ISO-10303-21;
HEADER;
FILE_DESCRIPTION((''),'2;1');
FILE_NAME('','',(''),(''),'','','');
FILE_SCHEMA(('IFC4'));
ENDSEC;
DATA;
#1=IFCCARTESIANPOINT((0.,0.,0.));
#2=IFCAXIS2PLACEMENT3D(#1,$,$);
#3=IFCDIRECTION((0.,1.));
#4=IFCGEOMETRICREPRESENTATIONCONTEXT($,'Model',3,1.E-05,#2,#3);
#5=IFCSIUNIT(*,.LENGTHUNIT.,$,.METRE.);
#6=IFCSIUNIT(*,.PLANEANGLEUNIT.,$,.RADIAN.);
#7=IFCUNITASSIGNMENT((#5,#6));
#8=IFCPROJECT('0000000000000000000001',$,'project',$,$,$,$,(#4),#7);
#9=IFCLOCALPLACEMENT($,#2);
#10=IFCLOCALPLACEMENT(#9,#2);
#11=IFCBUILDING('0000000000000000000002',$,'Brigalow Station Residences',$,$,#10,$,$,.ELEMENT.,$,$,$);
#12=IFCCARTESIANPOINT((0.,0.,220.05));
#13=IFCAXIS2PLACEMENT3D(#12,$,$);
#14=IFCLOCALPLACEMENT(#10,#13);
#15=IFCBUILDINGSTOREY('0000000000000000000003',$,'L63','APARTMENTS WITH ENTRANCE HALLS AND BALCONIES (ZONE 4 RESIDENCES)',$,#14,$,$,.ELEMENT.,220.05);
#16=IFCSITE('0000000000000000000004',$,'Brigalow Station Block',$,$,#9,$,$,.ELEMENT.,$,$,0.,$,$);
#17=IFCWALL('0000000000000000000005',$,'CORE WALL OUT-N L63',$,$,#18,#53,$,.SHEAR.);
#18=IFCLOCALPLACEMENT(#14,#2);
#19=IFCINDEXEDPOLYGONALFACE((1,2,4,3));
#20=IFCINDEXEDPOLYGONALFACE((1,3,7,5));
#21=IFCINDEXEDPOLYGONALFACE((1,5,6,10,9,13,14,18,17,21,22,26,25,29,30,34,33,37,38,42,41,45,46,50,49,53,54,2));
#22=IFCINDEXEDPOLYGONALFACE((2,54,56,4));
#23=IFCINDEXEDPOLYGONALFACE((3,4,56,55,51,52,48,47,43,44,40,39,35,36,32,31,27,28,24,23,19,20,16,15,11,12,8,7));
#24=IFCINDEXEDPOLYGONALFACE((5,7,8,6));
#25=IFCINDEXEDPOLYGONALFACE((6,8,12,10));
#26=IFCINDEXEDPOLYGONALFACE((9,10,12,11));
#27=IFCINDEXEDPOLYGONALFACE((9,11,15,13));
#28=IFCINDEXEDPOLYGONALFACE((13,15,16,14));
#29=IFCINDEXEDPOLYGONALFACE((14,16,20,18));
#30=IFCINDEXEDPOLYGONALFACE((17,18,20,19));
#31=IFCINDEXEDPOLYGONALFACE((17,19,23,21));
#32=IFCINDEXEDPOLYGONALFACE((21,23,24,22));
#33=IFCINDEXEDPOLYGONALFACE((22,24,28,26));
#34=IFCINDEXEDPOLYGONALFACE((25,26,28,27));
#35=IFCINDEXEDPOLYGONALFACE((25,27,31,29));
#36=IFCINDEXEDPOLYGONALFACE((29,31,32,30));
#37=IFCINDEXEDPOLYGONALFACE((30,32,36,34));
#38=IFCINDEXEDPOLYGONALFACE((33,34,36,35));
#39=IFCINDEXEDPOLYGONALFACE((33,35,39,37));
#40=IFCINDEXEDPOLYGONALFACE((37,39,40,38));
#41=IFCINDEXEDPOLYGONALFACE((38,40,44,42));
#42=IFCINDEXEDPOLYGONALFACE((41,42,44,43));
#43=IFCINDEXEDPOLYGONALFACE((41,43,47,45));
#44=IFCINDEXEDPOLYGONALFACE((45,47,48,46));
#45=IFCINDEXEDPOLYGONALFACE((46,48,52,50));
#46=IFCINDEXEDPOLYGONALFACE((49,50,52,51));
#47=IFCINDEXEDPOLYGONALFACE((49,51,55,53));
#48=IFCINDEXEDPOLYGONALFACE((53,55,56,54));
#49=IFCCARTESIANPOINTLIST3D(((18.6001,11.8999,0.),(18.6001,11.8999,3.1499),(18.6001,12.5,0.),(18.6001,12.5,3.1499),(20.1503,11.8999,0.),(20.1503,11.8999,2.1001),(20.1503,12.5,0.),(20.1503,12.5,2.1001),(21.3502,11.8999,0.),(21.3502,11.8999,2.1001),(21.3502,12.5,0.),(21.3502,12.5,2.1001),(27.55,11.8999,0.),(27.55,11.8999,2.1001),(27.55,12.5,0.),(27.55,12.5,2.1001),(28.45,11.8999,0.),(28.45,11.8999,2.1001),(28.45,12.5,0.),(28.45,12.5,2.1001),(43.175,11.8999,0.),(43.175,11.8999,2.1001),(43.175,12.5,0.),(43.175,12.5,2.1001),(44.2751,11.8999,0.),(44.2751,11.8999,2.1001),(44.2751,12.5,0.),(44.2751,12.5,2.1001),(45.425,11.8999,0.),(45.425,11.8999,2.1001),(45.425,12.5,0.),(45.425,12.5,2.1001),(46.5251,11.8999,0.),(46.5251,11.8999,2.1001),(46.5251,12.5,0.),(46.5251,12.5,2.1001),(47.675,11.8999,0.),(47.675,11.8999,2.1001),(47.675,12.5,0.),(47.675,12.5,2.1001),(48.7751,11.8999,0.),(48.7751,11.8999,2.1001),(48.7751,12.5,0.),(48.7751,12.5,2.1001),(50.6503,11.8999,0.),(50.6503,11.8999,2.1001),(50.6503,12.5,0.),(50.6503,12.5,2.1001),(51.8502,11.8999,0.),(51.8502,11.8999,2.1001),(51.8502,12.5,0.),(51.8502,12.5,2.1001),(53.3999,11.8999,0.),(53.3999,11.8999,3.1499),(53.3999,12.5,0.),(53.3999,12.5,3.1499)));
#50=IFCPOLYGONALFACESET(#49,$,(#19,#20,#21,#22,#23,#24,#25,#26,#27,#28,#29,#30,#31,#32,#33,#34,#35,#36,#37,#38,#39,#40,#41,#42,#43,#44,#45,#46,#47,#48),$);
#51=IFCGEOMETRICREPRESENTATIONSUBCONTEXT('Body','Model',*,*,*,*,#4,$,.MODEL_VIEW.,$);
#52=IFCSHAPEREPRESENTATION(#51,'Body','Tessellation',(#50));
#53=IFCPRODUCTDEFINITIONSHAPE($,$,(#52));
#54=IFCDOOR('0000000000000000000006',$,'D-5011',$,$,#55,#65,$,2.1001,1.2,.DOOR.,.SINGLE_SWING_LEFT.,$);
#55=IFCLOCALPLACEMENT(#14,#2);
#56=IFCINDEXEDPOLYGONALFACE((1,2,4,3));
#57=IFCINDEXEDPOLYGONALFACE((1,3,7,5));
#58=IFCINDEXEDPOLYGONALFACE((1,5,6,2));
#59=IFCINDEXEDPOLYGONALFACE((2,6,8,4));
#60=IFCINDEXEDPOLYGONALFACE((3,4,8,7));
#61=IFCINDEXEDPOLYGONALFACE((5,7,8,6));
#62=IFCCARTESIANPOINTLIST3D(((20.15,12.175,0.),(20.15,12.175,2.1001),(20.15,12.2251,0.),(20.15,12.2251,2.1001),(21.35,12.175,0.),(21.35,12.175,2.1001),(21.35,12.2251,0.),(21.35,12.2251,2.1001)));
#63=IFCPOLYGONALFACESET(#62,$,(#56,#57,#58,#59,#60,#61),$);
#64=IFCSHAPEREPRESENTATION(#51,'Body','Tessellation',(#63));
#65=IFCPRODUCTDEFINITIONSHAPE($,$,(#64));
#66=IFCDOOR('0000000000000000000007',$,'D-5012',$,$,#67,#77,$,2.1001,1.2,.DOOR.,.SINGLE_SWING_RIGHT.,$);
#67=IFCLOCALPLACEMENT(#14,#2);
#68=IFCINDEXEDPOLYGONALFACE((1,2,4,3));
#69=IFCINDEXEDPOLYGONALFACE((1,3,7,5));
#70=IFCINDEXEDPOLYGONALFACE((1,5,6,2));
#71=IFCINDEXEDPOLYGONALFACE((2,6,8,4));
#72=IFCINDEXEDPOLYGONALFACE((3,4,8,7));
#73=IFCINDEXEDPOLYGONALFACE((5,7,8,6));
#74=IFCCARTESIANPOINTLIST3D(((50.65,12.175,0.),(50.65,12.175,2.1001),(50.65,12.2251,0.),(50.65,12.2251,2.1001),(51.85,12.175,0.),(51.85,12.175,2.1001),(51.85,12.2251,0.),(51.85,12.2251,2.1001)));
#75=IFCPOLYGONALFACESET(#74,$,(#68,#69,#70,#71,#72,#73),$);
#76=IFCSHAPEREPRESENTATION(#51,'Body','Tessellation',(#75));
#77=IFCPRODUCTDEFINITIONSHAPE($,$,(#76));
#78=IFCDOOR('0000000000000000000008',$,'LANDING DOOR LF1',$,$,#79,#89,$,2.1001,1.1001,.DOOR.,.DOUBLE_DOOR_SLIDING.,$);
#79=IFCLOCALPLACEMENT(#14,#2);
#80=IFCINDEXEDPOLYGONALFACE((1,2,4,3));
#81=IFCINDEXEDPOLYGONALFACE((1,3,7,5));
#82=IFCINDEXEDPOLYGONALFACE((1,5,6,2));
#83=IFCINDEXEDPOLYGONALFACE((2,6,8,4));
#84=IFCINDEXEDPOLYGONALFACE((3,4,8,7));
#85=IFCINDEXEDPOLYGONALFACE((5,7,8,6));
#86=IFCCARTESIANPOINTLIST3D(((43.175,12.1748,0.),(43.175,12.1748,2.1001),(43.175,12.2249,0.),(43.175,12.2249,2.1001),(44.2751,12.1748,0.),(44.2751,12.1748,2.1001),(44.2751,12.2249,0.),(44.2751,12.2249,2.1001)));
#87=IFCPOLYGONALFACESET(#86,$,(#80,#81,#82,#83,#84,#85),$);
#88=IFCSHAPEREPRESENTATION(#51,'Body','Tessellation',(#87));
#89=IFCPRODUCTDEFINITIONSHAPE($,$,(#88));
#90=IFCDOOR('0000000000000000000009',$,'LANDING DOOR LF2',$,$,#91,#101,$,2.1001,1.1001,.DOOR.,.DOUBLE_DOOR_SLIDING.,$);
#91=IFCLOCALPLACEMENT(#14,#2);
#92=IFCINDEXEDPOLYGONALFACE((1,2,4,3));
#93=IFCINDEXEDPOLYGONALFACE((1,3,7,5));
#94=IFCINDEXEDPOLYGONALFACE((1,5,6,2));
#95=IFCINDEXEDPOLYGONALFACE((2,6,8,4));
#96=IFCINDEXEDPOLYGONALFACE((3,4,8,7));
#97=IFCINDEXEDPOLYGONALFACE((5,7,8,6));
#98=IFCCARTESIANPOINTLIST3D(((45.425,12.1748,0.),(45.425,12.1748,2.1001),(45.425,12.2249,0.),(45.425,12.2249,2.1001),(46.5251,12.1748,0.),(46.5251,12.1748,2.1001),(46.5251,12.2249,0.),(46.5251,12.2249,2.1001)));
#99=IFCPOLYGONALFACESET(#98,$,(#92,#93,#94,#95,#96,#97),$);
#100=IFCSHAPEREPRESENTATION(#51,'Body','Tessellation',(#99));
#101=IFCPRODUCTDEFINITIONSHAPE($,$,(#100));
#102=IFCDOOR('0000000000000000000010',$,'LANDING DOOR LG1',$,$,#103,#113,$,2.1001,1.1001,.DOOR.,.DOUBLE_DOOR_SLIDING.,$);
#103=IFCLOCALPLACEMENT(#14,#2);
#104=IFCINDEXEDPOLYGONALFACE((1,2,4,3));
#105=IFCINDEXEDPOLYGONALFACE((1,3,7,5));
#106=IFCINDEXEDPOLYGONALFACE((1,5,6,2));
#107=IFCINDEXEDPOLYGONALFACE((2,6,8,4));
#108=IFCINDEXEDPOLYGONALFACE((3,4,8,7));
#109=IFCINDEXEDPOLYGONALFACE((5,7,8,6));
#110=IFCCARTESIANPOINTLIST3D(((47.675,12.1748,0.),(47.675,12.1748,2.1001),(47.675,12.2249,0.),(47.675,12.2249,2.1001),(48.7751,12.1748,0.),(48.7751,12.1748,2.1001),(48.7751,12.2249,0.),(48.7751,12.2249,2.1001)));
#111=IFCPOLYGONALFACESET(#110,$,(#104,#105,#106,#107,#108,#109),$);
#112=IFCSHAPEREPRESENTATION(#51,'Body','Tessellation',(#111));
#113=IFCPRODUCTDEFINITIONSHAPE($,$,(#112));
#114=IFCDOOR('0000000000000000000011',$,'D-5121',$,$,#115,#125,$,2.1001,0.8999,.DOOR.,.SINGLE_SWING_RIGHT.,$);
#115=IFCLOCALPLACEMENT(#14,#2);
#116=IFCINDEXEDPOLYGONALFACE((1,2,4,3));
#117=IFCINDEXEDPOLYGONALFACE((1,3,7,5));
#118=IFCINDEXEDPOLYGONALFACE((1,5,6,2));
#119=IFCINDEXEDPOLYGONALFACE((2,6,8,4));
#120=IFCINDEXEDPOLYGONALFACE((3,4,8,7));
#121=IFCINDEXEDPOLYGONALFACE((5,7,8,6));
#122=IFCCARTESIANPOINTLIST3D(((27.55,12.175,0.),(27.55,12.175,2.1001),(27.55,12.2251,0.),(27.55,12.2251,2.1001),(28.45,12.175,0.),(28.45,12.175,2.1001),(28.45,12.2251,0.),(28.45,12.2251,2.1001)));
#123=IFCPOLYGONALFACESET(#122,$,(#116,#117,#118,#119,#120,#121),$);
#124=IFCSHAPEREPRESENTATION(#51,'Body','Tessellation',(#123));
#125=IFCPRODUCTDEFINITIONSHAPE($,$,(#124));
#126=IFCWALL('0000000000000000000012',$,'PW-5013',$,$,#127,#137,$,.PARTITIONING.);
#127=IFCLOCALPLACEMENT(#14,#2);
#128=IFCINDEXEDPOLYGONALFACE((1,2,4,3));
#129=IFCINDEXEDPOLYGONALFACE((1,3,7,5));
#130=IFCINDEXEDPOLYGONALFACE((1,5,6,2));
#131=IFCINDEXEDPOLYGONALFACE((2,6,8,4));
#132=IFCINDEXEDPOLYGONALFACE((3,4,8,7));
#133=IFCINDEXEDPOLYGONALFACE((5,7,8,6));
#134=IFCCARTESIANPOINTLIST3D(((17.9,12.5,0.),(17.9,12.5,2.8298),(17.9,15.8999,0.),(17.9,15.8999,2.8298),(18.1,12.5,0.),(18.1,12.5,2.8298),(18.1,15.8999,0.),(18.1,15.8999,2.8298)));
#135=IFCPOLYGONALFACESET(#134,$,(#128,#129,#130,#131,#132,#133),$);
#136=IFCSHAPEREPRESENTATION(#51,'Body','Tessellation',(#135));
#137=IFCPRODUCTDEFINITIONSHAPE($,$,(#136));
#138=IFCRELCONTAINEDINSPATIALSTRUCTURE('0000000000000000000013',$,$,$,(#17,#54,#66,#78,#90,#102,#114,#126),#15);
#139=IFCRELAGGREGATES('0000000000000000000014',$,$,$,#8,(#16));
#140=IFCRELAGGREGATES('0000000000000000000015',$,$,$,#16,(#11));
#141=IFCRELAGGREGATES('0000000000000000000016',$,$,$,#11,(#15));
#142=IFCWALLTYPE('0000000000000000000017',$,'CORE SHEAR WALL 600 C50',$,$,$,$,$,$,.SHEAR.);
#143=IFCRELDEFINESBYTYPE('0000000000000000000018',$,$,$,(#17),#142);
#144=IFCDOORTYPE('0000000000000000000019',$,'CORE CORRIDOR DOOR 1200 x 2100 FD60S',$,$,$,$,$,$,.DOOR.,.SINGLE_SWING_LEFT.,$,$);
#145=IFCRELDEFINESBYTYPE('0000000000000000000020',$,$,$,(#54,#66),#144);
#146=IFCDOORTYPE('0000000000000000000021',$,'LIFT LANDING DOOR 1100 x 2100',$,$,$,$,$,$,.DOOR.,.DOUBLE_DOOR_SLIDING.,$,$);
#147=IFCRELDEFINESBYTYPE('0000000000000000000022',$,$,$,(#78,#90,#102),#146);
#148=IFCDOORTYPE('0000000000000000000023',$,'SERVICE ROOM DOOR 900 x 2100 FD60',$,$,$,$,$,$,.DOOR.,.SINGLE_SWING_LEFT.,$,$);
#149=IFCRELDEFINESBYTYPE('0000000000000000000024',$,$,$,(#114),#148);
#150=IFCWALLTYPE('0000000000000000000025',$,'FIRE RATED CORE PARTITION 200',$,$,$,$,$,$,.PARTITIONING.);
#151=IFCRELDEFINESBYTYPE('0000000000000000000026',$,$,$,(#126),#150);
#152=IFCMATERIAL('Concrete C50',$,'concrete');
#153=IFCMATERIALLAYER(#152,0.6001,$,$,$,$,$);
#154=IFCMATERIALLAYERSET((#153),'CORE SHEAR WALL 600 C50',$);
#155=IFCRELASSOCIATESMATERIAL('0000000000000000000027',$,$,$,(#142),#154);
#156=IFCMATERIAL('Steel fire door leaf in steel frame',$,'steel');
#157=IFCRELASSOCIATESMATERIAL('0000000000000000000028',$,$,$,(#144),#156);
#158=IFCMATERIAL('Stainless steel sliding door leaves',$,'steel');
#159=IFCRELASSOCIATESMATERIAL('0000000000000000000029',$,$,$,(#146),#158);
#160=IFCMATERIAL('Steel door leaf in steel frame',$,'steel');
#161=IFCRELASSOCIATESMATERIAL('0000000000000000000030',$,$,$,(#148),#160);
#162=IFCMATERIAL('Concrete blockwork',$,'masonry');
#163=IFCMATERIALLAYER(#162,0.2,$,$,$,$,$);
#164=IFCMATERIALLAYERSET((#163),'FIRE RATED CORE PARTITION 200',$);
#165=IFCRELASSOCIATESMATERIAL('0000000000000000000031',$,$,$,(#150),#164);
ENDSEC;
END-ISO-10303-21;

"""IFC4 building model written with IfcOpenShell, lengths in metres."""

from ifc_helpers import new_model, si_unit, direction, frame, frame_2d, origin, place, context, subcontext, project, spatial, rectangle, extrude, material, layer, layer_set, type_object, element, fill, save


model = new_model("IFC4")

# Units and contexts
model_context = context("Model", 3, precision=1e-05, world=origin(), true_north=direction((0.0, 1.0)))
body_context = subcontext(model_context, "Body", "Model", "MODEL_VIEW")
ifc_project = project(units=[si_unit("LENGTHUNIT", "METRE"), si_unit("PLANEANGLEUNIT", "RADIAN")], contexts=[model_context])

# Site, building, storey
site_placement = place(None, origin())
site = spatial("IfcSite", under=ifc_project, at=site_placement, Name="Brigalow Station Block", CompositionType="ELEMENT", RefElevation=0.0)
building_placement = place(site_placement, origin())
building = spatial("IfcBuilding", under=site, at=building_placement, Name="Brigalow Station Residences", CompositionType="ELEMENT")
storey_placement = place(building_placement, frame((0.0, 0.0, 220.05)))
storey = spatial("IfcBuildingStorey", under=building, at=storey_placement, Name="L63", Description="APARTMENTS WITH ENTRANCE HALLS AND BALCONIES (ZONE 4 RESIDENCES)", CompositionType="ELEMENT", Elevation=220.05)

# Wall, openings, doors
ifc_material_1 = material(Name="Concrete C50", Category="concrete")
ifc_layer_1 = layer(ifc_material_1, 0.6001)
ifc_layer_set_1 = layer_set([ifc_layer_1], Name="CORE SHEAR WALL 600 C50")
wall_type_1 = type_object("IfcWallType", Name="CORE SHEAR WALL 600 C50", PredefinedType="SHEAR", material=ifc_layer_set_1)
wall_1_placement = place(storey_placement, frame((18.6001, 12.2, 0.0), z_axis=(0.0, 0.0, 1.0), x_axis=(1.0, 0.0, 0.0)))
wall_1 = element("IfcWall", 1, at=wall_1_placement, inside=storey, type_object=wall_type_1, Name="CORE WALL OUT-N L63", PredefinedType="SHEAR", context=body_context, shape_type="SweptSolid", body=[
    extrude(rectangle(XDim=34.7998, YDim=0.6001, at=frame_2d((17.3999, 0.0))), origin(), (0.0, 0.0, 1.0), 3.1499),
])
opening_1_placement = place(wall_1_placement, frame((24.575, 0.0, 0.0)))
opening_1 = element("IfcOpeningElement", 2, at=opening_1_placement, cuts=wall_1, PredefinedType="OPENING", context=body_context, shape_type="SweptSolid", body=[
    extrude(rectangle(XDim=1.1001, YDim=2.1001, at=frame_2d((0.55, 1.05))), frame((0.0, 0.3101, 0.0), z_axis=(0.0, -1.0, 0.0), x_axis=(1.0, 0.0, 0.0)), (0.0, 0.0, 1.0), 0.6201),
])
opening_2_placement = place(wall_1_placement, frame((26.825, 0.0, 0.0)))
opening_2 = element("IfcOpeningElement", 3, at=opening_2_placement, cuts=wall_1, PredefinedType="OPENING", context=body_context, shape_type="SweptSolid", body=[
    extrude(rectangle(XDim=1.1001, YDim=2.1001, at=frame_2d((0.55, 1.05))), frame((0.0, 0.3101, 0.0), z_axis=(0.0, -1.0, 0.0), x_axis=(1.0, 0.0, 0.0)), (0.0, 0.0, 1.0), 0.6201),
])
opening_3_placement = place(wall_1_placement, frame((29.075, 0.0, 0.0)))
opening_3 = element("IfcOpeningElement", 4, at=opening_3_placement, cuts=wall_1, PredefinedType="OPENING", context=body_context, shape_type="SweptSolid", body=[
    extrude(rectangle(XDim=1.1001, YDim=2.1001, at=frame_2d((0.55, 1.05))), frame((0.0, 0.3101, 0.0), z_axis=(0.0, -1.0, 0.0), x_axis=(1.0, 0.0, 0.0)), (0.0, 0.0, 1.0), 0.6201),
])
opening_4_placement = place(wall_1_placement, frame((8.95, 0.0, 0.0)))
opening_4 = element("IfcOpeningElement", 5, at=opening_4_placement, cuts=wall_1, PredefinedType="OPENING", context=body_context, shape_type="SweptSolid", body=[
    extrude(rectangle(XDim=0.8999, YDim=2.1001, at=frame_2d((0.45, 1.05))), frame((0.0, 0.3101, 0.0), z_axis=(0.0, -1.0, 0.0), x_axis=(1.0, 0.0, 0.0)), (0.0, 0.0, 1.0), 0.6201),
])
opening_5_placement = place(wall_1_placement, frame((1.55, 0.0, 0.0)))
opening_5 = element("IfcOpeningElement", 6, at=opening_5_placement, cuts=wall_1, PredefinedType="OPENING", context=body_context, shape_type="SweptSolid", body=[
    extrude(rectangle(XDim=1.2, YDim=2.1001, at=frame_2d((0.6001, 1.05))), frame((0.0, 0.3101, 0.0), z_axis=(0.0, -1.0, 0.0), x_axis=(1.0, 0.0, 0.0)), (0.0, 0.0, 1.0), 0.6201),
])
opening_6_placement = place(wall_1_placement, frame((32.05, 0.0, 0.0)))
opening_6 = element("IfcOpeningElement", 7, at=opening_6_placement, cuts=wall_1, PredefinedType="OPENING", context=body_context, shape_type="SweptSolid", body=[
    extrude(rectangle(XDim=1.2, YDim=2.1001, at=frame_2d((0.6001, 1.05))), frame((0.0, 0.3101, 0.0), z_axis=(0.0, -1.0, 0.0), x_axis=(1.0, 0.0, 0.0)), (0.0, 0.0, 1.0), 0.6201),
])
ifc_material_2 = material(Name="Steel fire door leaf in steel frame", Category="steel")
door_type_1 = type_object("IfcDoorType", Name="CORE CORRIDOR DOOR 1200 x 2100 FD60S", OperationType="SINGLE_SWING_LEFT", PredefinedType="DOOR", material=ifc_material_2)
door_1_placement = place(opening_5_placement, frame((1.2, 0.0, 0.0), z_axis=(0.0, 0.0, 1.0), x_axis=(-1.0, 0.0, 0.0)))
door_1 = element("IfcDoor", 8, at=door_1_placement, inside=storey, type_object=door_type_1, Name="D-5011", OperationType="SINGLE_SWING_LEFT", OverallHeight=2.1001, OverallWidth=1.2, PredefinedType="DOOR", context=body_context, shape_type="SweptSolid", body=[
    extrude(rectangle(XDim=1.2, YDim=2.1001, at=frame_2d((0.6001, 1.05))), frame((0.0, 0.0249, 0.0), z_axis=(0.0, -1.0, 0.0), x_axis=(1.0, 0.0, 0.0)), (0.0, 0.0, 1.0), 0.05),
])
fill(opening_5, door_1)
door_2_placement = place(opening_6_placement, frame((1.2, 0.0, 0.0), z_axis=(0.0, 0.0, 1.0), x_axis=(-1.0, 0.0, 0.0)))
door_2 = element("IfcDoor", 9, at=door_2_placement, inside=storey, type_object=door_type_1, Name="D-5012", OperationType="SINGLE_SWING_RIGHT", OverallHeight=2.1001, OverallWidth=1.2, PredefinedType="DOOR", context=body_context, shape_type="SweptSolid", body=[
    extrude(rectangle(XDim=1.2, YDim=2.1001, at=frame_2d((0.6001, 1.05))), frame((0.0, 0.0249, 0.0), z_axis=(0.0, -1.0, 0.0), x_axis=(1.0, 0.0, 0.0)), (0.0, 0.0, 1.0), 0.05),
])
fill(opening_6, door_2)
ifc_material_3 = material(Name="Stainless steel sliding door leaves", Category="steel")
door_type_2 = type_object("IfcDoorType", Name="LIFT LANDING DOOR 1100 x 2100", OperationType="DOUBLE_DOOR_SLIDING", PredefinedType="DOOR", material=ifc_material_3)
door_3_placement = place(opening_1_placement, origin())
door_3 = element("IfcDoor", 10, at=door_3_placement, inside=storey, type_object=door_type_2, Name="LANDING DOOR LF1", OperationType="DOUBLE_DOOR_SLIDING", OverallHeight=2.1001, OverallWidth=1.1001, PredefinedType="DOOR", context=body_context, shape_type="SweptSolid", body=[
    extrude(rectangle(XDim=1.1001, YDim=2.1001, at=frame_2d((0.55, 1.05))), frame((0.0, 0.0249, 0.0), z_axis=(0.0, -1.0, 0.0), x_axis=(1.0, 0.0, 0.0)), (0.0, 0.0, 1.0), 0.05),
])
fill(opening_1, door_3)
door_4_placement = place(opening_2_placement, origin())
door_4 = element("IfcDoor", 11, at=door_4_placement, inside=storey, type_object=door_type_2, Name="LANDING DOOR LF2", OperationType="DOUBLE_DOOR_SLIDING", OverallHeight=2.1001, OverallWidth=1.1001, PredefinedType="DOOR", context=body_context, shape_type="SweptSolid", body=[
    extrude(rectangle(XDim=1.1001, YDim=2.1001, at=frame_2d((0.55, 1.05))), frame((0.0, 0.0249, 0.0), z_axis=(0.0, -1.0, 0.0), x_axis=(1.0, 0.0, 0.0)), (0.0, 0.0, 1.0), 0.05),
])
fill(opening_2, door_4)
door_5_placement = place(opening_3_placement, origin())
door_5 = element("IfcDoor", 12, at=door_5_placement, inside=storey, type_object=door_type_2, Name="LANDING DOOR LG1", OperationType="DOUBLE_DOOR_SLIDING", OverallHeight=2.1001, OverallWidth=1.1001, PredefinedType="DOOR", context=body_context, shape_type="SweptSolid", body=[
    extrude(rectangle(XDim=1.1001, YDim=2.1001, at=frame_2d((0.55, 1.05))), frame((0.0, 0.0249, 0.0), z_axis=(0.0, -1.0, 0.0), x_axis=(1.0, 0.0, 0.0)), (0.0, 0.0, 1.0), 0.05),
])
fill(opening_3, door_5)
ifc_material_4 = material(Name="Steel door leaf in steel frame", Category="steel")
door_type_3 = type_object("IfcDoorType", Name="SERVICE ROOM DOOR 900 x 2100 FD60", OperationType="SINGLE_SWING_LEFT", PredefinedType="DOOR", material=ifc_material_4)
door_6_placement = place(opening_4_placement, frame((0.8999, 0.0, 0.0), z_axis=(0.0, 0.0, 1.0), x_axis=(-1.0, 0.0, 0.0)))
door_6 = element("IfcDoor", 13, at=door_6_placement, inside=storey, type_object=door_type_3, Name="D-5121", OperationType="SINGLE_SWING_RIGHT", OverallHeight=2.1001, OverallWidth=0.8999, PredefinedType="DOOR", context=body_context, shape_type="SweptSolid", body=[
    extrude(rectangle(XDim=0.8999, YDim=2.1001, at=frame_2d((0.45, 1.05))), frame((0.0, 0.0249, 0.0), z_axis=(0.0, -1.0, 0.0), x_axis=(1.0, 0.0, 0.0)), (0.0, 0.0, 1.0), 0.05),
])
fill(opening_4, door_6)

# Wall
ifc_material_5 = material(Name="Concrete blockwork", Category="masonry")
ifc_layer_2 = layer(ifc_material_5, 0.2)
ifc_layer_set_2 = layer_set([ifc_layer_2], Name="FIRE RATED CORE PARTITION 200")
wall_type_2 = type_object("IfcWallType", Name="FIRE RATED CORE PARTITION 200", PredefinedType="PARTITIONING", material=ifc_layer_set_2)
wall_2_placement = place(storey_placement, frame((18.0, 12.5, 0.0), z_axis=(0.0, 0.0, 1.0), x_axis=(0.0, 1.0, 0.0)))
element("IfcWall", 14, at=wall_2_placement, inside=storey, type_object=wall_type_2, Name="PW-5013", PredefinedType="PARTITIONING", context=body_context, shape_type="SweptSolid", body=[
    extrude(rectangle(XDim=3.3999, YDim=0.2, at=frame_2d((1.7, 0.0))), origin(), (0.0, 0.0, 1.0), 2.8298),
])

save(model, "model.ifc")
